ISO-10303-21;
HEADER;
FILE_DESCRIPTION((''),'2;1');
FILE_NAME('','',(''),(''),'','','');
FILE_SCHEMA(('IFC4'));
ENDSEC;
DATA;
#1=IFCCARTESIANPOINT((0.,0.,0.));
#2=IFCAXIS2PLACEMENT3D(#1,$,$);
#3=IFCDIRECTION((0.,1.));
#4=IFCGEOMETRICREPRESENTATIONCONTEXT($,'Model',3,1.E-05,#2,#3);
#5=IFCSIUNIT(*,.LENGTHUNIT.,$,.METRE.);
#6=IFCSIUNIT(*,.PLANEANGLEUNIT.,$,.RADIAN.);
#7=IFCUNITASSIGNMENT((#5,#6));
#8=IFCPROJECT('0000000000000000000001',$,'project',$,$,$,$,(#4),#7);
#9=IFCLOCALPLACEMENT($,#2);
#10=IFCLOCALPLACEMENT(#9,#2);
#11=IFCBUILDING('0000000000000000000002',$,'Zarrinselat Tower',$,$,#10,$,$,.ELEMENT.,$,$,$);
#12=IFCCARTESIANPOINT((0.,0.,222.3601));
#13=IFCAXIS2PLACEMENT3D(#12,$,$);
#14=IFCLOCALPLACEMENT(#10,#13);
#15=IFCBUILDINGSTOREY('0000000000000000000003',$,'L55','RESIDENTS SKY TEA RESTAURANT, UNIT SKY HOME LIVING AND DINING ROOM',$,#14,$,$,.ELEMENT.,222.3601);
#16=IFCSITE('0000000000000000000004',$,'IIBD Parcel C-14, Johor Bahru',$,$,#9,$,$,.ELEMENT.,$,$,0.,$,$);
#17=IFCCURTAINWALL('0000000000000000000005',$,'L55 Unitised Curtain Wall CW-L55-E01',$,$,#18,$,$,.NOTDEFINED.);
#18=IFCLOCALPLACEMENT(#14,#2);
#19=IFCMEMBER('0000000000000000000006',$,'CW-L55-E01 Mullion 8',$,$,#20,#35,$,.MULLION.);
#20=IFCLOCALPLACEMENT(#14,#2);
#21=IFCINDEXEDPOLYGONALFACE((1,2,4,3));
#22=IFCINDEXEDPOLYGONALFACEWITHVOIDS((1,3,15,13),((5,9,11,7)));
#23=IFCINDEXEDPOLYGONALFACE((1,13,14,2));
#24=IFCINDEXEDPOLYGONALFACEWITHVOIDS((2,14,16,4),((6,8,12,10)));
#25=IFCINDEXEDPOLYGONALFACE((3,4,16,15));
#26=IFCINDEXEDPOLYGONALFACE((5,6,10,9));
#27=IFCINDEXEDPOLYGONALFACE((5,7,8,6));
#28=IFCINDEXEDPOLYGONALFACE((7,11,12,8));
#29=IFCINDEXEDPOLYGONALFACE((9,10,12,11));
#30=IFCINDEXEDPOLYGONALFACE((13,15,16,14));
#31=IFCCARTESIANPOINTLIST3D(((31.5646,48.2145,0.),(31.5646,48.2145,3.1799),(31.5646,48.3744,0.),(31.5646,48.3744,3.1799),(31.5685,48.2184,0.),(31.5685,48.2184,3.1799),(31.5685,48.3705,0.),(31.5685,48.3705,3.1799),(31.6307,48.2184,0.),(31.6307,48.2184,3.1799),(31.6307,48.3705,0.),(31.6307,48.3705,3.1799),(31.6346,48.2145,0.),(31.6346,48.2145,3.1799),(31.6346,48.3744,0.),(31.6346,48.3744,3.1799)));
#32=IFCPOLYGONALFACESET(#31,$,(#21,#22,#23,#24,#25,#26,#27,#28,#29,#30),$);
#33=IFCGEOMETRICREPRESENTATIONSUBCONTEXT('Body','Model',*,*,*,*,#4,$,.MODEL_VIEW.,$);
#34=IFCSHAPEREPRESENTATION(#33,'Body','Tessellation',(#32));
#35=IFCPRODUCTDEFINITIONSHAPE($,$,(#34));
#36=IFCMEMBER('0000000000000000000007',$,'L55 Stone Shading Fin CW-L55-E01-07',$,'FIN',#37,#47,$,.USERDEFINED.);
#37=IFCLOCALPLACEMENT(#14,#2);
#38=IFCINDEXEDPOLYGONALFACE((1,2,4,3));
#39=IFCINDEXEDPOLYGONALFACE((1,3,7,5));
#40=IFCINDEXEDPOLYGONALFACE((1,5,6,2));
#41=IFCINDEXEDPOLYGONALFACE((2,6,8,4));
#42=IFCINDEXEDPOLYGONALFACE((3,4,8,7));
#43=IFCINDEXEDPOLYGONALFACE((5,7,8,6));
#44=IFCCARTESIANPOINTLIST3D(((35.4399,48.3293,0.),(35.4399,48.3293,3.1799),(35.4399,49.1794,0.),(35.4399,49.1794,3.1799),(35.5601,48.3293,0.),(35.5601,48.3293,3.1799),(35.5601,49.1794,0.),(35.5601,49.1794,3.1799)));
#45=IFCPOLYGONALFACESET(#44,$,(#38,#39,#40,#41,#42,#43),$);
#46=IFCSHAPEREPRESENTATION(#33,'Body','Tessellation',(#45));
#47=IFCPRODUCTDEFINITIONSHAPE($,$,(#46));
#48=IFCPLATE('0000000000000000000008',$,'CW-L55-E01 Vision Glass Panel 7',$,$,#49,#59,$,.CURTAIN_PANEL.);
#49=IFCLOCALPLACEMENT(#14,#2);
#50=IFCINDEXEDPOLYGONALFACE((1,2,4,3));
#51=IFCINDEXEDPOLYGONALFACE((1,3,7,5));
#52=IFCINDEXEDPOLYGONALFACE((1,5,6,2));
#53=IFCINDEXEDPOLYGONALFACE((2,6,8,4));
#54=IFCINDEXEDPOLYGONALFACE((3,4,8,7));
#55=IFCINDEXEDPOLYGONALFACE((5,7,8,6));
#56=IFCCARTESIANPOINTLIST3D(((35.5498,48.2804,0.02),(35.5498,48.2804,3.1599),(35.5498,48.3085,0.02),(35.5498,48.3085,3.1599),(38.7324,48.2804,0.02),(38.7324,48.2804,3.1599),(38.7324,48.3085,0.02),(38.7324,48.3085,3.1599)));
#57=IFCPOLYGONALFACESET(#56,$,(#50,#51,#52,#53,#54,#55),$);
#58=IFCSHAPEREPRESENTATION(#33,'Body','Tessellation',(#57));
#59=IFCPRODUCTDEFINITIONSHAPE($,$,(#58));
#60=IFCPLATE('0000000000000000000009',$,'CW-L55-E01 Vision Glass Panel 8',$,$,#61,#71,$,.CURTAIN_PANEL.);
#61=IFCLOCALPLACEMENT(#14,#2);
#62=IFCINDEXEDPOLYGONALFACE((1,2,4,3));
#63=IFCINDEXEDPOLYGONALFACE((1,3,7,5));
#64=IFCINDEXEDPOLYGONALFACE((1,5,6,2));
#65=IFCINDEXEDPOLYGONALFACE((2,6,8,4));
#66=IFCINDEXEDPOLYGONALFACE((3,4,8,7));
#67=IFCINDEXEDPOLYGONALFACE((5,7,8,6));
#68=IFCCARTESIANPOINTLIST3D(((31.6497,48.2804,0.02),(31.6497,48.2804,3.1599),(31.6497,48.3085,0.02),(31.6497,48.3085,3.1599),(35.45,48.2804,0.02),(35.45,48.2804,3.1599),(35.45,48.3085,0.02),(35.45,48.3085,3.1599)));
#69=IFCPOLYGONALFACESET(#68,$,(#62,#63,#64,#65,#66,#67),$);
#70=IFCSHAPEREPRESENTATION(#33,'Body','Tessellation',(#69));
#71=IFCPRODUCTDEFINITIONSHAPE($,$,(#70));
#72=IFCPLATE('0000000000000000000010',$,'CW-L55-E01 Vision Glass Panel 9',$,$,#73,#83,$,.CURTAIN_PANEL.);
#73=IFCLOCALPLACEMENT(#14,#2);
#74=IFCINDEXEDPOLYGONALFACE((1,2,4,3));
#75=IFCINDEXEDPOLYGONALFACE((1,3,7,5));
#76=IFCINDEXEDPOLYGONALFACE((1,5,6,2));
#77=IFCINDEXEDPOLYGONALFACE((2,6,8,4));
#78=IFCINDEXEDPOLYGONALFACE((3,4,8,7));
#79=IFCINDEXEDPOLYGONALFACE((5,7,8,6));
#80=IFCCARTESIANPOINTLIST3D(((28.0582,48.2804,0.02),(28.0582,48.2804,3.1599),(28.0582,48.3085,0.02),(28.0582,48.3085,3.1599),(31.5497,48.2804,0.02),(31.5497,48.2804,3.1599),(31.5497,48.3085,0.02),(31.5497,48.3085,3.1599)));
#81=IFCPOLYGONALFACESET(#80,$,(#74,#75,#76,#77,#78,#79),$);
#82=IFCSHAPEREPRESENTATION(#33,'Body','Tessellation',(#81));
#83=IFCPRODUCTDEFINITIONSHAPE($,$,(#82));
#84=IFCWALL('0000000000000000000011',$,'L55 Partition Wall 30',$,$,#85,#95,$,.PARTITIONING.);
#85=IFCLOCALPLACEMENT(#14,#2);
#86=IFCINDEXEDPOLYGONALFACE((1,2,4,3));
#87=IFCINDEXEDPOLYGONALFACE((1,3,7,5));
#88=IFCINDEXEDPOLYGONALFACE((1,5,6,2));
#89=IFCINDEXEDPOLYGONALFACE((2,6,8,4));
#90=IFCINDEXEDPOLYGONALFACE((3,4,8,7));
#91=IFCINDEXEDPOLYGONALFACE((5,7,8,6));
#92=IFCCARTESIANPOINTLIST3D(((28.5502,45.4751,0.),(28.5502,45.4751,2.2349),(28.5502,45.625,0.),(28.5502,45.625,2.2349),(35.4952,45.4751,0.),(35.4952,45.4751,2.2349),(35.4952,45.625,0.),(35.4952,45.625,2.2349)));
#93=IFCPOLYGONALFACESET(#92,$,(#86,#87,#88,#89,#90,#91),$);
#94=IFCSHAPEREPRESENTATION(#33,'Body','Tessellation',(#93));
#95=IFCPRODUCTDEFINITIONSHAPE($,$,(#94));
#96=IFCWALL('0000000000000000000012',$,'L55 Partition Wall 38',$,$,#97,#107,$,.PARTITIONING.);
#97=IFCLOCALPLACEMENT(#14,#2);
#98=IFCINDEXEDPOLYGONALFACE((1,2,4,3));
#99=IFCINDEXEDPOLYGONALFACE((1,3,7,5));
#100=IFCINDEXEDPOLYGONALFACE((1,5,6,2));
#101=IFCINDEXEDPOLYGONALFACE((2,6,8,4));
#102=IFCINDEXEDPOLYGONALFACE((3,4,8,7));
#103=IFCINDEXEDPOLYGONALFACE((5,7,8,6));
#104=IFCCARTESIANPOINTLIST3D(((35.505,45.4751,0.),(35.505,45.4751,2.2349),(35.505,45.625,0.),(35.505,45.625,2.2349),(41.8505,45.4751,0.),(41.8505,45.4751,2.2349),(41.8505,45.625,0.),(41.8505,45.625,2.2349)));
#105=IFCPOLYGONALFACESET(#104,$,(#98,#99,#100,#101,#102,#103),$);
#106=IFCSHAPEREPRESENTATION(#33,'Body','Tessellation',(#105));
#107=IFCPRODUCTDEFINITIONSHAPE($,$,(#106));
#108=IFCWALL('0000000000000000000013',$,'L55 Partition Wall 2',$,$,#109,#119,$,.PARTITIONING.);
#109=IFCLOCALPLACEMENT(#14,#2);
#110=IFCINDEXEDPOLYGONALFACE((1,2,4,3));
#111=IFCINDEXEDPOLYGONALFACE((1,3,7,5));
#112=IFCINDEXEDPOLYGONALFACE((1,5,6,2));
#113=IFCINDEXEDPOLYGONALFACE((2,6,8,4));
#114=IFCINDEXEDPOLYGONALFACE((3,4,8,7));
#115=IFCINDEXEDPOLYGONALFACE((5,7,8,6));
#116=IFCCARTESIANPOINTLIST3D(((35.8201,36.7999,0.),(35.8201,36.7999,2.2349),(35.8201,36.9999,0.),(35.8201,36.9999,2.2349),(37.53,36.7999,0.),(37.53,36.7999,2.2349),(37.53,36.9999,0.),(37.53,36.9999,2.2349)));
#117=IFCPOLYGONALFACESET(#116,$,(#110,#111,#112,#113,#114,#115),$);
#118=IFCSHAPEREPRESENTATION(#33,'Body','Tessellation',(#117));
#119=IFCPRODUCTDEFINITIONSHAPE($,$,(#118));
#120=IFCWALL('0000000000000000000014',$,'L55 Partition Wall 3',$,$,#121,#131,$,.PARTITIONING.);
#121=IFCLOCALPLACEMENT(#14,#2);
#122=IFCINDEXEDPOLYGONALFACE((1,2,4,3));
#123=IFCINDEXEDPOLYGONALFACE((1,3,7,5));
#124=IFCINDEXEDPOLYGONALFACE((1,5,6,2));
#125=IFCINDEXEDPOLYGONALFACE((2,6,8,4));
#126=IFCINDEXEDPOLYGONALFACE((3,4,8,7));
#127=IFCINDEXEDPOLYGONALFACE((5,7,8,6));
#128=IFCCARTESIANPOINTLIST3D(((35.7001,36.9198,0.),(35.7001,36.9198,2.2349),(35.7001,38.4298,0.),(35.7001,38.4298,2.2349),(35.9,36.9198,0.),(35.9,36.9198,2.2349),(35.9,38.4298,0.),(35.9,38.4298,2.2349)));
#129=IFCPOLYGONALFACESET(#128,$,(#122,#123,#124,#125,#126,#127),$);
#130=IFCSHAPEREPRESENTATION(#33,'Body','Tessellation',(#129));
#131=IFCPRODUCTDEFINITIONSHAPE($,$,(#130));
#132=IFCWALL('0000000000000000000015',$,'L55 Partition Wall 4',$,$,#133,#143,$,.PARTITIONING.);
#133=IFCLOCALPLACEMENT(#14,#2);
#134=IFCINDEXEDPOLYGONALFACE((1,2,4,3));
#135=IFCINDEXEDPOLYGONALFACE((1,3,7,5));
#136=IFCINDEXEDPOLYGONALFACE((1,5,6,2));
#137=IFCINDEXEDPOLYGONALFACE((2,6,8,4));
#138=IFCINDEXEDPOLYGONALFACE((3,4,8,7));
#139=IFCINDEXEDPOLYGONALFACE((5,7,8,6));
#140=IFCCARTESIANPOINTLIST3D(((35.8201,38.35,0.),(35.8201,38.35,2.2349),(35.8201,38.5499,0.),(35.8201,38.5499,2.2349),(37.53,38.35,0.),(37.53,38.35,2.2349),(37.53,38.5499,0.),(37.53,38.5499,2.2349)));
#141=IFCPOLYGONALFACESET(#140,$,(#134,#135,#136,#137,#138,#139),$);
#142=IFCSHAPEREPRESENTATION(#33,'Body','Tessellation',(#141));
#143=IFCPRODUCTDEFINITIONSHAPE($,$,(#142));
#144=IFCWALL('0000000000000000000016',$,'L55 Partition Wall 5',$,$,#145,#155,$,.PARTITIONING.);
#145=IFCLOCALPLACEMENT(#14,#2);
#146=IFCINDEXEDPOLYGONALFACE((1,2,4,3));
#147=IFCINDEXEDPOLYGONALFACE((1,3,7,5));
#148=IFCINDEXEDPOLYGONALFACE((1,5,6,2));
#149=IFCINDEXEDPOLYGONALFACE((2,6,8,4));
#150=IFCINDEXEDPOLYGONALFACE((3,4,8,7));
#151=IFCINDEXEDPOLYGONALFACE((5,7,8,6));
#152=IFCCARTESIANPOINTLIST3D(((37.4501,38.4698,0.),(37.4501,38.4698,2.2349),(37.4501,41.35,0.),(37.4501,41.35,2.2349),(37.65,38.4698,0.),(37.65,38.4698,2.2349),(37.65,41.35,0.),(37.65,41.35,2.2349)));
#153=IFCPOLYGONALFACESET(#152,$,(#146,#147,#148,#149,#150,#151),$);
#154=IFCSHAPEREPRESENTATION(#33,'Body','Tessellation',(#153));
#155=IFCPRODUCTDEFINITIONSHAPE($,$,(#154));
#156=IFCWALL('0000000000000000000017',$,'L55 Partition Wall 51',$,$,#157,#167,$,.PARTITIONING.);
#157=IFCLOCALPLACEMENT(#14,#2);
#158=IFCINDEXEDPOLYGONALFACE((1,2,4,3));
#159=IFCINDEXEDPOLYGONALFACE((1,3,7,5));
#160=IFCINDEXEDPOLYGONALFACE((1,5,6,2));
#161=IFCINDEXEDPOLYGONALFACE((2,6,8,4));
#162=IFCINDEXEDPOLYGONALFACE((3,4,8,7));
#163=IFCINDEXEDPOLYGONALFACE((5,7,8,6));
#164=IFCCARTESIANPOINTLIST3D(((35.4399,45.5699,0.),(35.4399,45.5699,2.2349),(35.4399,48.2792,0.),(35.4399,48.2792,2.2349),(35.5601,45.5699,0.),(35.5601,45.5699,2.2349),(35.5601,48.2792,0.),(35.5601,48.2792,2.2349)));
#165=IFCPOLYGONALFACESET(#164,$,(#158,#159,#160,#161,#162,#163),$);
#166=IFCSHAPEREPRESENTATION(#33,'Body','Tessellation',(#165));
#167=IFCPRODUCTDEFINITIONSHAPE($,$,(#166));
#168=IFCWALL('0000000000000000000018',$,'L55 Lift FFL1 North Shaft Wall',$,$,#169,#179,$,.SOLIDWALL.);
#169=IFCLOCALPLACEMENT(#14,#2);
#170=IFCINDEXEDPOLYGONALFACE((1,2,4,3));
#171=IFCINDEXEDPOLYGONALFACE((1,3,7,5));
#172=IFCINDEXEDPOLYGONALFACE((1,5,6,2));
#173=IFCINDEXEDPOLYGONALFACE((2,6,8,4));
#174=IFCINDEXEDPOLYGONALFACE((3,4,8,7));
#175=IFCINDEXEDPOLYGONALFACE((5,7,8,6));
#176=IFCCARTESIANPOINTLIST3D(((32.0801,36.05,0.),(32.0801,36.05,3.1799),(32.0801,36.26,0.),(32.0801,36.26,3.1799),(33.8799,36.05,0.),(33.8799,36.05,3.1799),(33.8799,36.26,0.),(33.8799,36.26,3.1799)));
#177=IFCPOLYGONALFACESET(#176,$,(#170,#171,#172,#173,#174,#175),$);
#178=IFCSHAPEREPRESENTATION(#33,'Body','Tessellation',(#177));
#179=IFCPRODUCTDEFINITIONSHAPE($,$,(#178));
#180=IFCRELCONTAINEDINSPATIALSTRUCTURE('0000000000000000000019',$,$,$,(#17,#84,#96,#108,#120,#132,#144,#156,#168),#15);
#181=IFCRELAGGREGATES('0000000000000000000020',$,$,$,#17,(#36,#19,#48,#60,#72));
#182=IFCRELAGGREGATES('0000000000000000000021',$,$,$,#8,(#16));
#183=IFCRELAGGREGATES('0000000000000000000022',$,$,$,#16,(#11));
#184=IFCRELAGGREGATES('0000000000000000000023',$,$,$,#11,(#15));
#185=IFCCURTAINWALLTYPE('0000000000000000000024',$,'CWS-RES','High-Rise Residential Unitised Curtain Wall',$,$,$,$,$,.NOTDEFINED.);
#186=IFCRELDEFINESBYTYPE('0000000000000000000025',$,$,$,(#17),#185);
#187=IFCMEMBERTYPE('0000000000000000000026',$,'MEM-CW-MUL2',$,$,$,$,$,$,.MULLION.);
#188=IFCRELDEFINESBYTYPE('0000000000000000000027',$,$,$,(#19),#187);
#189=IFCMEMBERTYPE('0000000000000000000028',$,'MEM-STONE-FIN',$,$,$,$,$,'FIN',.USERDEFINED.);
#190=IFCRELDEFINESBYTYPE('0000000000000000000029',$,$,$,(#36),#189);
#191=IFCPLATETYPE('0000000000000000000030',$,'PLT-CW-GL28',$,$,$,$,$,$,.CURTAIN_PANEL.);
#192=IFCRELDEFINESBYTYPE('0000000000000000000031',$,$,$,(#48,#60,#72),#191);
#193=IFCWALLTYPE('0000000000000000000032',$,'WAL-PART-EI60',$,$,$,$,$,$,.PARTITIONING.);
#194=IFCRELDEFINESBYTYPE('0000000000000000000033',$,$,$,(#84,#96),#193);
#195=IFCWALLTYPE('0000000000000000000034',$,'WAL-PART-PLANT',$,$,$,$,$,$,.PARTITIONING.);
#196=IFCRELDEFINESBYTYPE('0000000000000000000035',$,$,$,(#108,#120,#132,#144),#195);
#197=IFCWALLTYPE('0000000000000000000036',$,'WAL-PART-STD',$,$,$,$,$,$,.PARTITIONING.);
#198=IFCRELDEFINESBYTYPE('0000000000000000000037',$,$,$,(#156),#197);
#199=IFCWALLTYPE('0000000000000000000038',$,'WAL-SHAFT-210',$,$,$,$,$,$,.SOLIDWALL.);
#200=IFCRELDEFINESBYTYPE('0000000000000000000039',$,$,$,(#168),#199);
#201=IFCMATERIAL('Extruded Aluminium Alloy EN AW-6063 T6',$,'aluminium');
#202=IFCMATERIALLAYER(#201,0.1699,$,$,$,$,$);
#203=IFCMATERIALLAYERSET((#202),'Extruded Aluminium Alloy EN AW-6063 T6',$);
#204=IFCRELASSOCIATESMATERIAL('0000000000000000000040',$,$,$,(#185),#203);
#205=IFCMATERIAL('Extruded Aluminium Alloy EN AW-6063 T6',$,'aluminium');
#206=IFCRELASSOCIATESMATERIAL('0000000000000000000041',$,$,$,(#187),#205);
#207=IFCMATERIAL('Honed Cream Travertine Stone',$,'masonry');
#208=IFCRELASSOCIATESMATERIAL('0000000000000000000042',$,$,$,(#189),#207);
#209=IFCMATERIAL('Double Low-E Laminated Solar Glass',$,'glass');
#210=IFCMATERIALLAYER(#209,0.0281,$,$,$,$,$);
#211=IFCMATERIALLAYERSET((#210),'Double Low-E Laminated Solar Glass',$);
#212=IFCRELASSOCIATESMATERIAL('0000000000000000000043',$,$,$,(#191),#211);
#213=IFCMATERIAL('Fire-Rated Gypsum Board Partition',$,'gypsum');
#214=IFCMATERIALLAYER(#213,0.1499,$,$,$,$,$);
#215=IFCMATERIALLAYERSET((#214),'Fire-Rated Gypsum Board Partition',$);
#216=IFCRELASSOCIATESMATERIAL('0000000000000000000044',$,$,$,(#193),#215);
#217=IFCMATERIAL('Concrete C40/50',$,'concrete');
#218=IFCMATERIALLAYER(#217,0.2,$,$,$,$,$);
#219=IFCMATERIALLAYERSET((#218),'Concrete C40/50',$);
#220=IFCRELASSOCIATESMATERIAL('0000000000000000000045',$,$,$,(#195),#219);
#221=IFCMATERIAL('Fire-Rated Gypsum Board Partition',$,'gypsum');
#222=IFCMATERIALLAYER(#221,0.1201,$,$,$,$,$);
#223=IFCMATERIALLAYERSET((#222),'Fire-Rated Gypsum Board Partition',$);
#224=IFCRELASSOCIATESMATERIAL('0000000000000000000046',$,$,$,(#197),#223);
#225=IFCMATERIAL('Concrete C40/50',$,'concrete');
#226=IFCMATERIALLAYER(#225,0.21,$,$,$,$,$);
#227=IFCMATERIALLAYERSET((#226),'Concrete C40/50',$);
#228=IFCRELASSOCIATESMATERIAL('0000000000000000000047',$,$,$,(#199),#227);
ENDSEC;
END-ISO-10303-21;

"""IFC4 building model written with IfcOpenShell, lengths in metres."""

from ifc_helpers import new_model, si_unit, direction, frame, frame_2d, origin, origin_2d, place, context, subcontext, project, spatial, rectangle, hollow_rectangle, extrude, material, layer, layer_set, material_profile, profile_set, type_object, element, aggregate, save


model = new_model("IFC4")

# Units and contexts
model_context = context("Model", 3, precision=1e-05, world=origin(), true_north=direction((0.0, 1.0)))
body_context = subcontext(model_context, "Body", "Model", "MODEL_VIEW")
ifc_project = project(units=[si_unit("LENGTHUNIT", "METRE"), si_unit("PLANEANGLEUNIT", "RADIAN")], contexts=[model_context])

# Site, building, storey
site_placement = place(None, origin())
site = spatial("IfcSite", under=ifc_project, at=site_placement, Name="IIBD Parcel C-14, Johor Bahru", CompositionType="ELEMENT", RefElevation=0.0)
building_placement = place(site_placement, origin())
building = spatial("IfcBuilding", under=site, at=building_placement, Name="Zarrinselat Tower", CompositionType="ELEMENT")
storey_placement = place(building_placement, frame((0.0, 0.0, 222.3601)))
storey = spatial("IfcBuildingStorey", under=building, at=storey_placement, Name="L55", Description="RESIDENTS SKY TEA RESTAURANT, UNIT SKY HOME LIVING AND DINING ROOM", CompositionType="ELEMENT", Elevation=222.3601)

# Curtain wall, members, plates
ifc_material_1 = material(Name="Extruded Aluminium Alloy EN AW-6063 T6", Category="aluminium")
ifc_layer_1 = layer(ifc_material_1, 0.1699)
ifc_layer_set_1 = layer_set([ifc_layer_1], Name="Extruded Aluminium Alloy EN AW-6063 T6")
curtain_wall_type = type_object("IfcCurtainWallType", Name="CWS-RES", Description="High-Rise Residential Unitised Curtain Wall", PredefinedType="NOTDEFINED", material=ifc_layer_set_1)
curtain_wall_placement = place(storey_placement, origin())
curtain_wall = element("IfcCurtainWall", 1, at=curtain_wall_placement, inside=storey, type_object=curtain_wall_type, Name="L55 Unitised Curtain Wall CW-L55-E01", PredefinedType="NOTDEFINED")
ifc_material_2 = material(Name="Extruded Aluminium Alloy EN AW-6063 T6", Category="aluminium")
ifc_material_profile_1 = material_profile(ifc_material_2, hollow_rectangle(XDim=0.0701, YDim=0.1599, WallThickness=0.0039, at=origin_2d()), Name="RHS 160x70x4")
ifc_profile_set_1 = profile_set([ifc_material_profile_1], Name="Extruded Aluminium Alloy EN AW-6063 T6")
member_type_1 = type_object("IfcMemberType", Name="MEM-CW-MUL2", PredefinedType="MULLION", material=ifc_profile_set_1)
member_1_placement = place(storey_placement, frame((31.5996, 48.2944, 0.0), z_axis=(0.0, 0.0, 1.0), x_axis=(-1.0, 0.0, 0.0)))
member_1 = element("IfcMember", 2, at=member_1_placement, type_object=member_type_1, Name="CW-L55-E01 Mullion 8", PredefinedType="MULLION", context=body_context, shape_type="SweptSolid", body=[
    extrude(hollow_rectangle(XDim=0.0701, YDim=0.1599, WallThickness=0.0039, at=origin_2d()), origin(), (0.0, 0.0, 1.0), 3.1799),
])
ifc_material_3 = material(Name="Honed Cream Travertine Stone", Category="masonry")
ifc_material_profile_2 = material_profile(ifc_material_3, rectangle(XDim=0.1201, YDim=0.8501, at=origin_2d()), Name="FIN 850x120")
ifc_profile_set_2 = profile_set([ifc_material_profile_2], Name="Honed Cream Travertine Stone")
member_type_2 = type_object("IfcMemberType", Name="MEM-STONE-FIN", ElementType="FIN", PredefinedType="USERDEFINED", material=ifc_profile_set_2)
member_2_placement = place(storey_placement, frame((35.5, 48.7544, 0.0), z_axis=(0.0, 0.0, 1.0), x_axis=(1.0, 0.0, 0.0)))
member_2 = element("IfcMember", 3, at=member_2_placement, type_object=member_type_2, Name="L55 Stone Shading Fin CW-L55-E01-07", ObjectType="FIN", PredefinedType="USERDEFINED", context=body_context, shape_type="SweptSolid", body=[
    extrude(rectangle(XDim=0.1201, YDim=0.8501, at=origin_2d()), origin(), (0.0, 0.0, 1.0), 3.1799),
])
ifc_material_4 = material(Name="Double Low-E Laminated Solar Glass", Category="glass")
ifc_layer_2 = layer(ifc_material_4, 0.0281)
ifc_layer_set_2 = layer_set([ifc_layer_2], Name="Double Low-E Laminated Solar Glass")
plate_type = type_object("IfcPlateType", Name="PLT-CW-GL28", PredefinedType="CURTAIN_PANEL", material=ifc_layer_set_2)
plate_1_placement = place(storey_placement, frame((37.1411, 48.2944, 0.02), z_axis=(0.0, 0.0, 1.0), x_axis=(-1.0, 0.0, 0.0)))
plate_1 = element("IfcPlate", 4, at=plate_1_placement, type_object=plate_type, Name="CW-L55-E01 Vision Glass Panel 7", PredefinedType="CURTAIN_PANEL", context=body_context, shape_type="SweptSolid", body=[
    extrude(rectangle(XDim=3.1826, YDim=0.0281, at=origin_2d()), origin(), (0.0, 0.0, 1.0), 3.1399),
])
plate_2_placement = place(storey_placement, frame((33.5498, 48.2944, 0.02), z_axis=(0.0, 0.0, 1.0), x_axis=(-1.0, 0.0, 0.0)))
plate_2 = element("IfcPlate", 5, at=plate_2_placement, type_object=plate_type, Name="CW-L55-E01 Vision Glass Panel 8", PredefinedType="CURTAIN_PANEL", context=body_context, shape_type="SweptSolid", body=[
    extrude(rectangle(XDim=3.8003, YDim=0.0281, at=origin_2d()), origin(), (0.0, 0.0, 1.0), 3.1399),
])
plate_3_placement = place(storey_placement, frame((29.804, 48.2944, 0.02), z_axis=(0.0, 0.0, 1.0), x_axis=(-1.0, 0.0, 0.0)))
plate_3 = element("IfcPlate", 6, at=plate_3_placement, type_object=plate_type, Name="CW-L55-E01 Vision Glass Panel 9", PredefinedType="CURTAIN_PANEL", context=body_context, shape_type="SweptSolid", body=[
    extrude(rectangle(XDim=3.4915, YDim=0.0281, at=origin_2d()), origin(), (0.0, 0.0, 1.0), 3.1399),
])
aggregate(curtain_wall, [member_2, member_1, plate_1, plate_2, plate_3])

# Walls
ifc_material_5 = material(Name="Fire-Rated Gypsum Board Partition", Category="gypsum")
ifc_layer_3 = layer(ifc_material_5, 0.1499)
ifc_layer_set_3 = layer_set([ifc_layer_3], Name="Fire-Rated Gypsum Board Partition")
wall_type_1 = type_object("IfcWallType", Name="WAL-PART-EI60", PredefinedType="PARTITIONING", material=ifc_layer_set_3)
wall_1_placement = place(storey_placement, frame((28.55, 45.55, 0.0), z_axis=(0.0, 0.0, 1.0), x_axis=(1.0, 0.0, 0.0)))
element("IfcWall", 7, at=wall_1_placement, inside=storey, type_object=wall_type_1, Name="L55 Partition Wall 30", PredefinedType="PARTITIONING", context=body_context, shape_type="SweptSolid", body=[
    extrude(rectangle(XDim=6.9451, YDim=0.1499, at=frame_2d((3.4727, 0.0))), origin(), (0.0, 0.0, 1.0), 2.2349),
])
wall_2_placement = place(storey_placement, frame((35.5049, 45.55, 0.0), z_axis=(0.0, 0.0, 1.0), x_axis=(1.0, 0.0, 0.0)))
element("IfcWall", 8, at=wall_2_placement, inside=storey, type_object=wall_type_1, Name="L55 Partition Wall 38", PredefinedType="PARTITIONING", context=body_context, shape_type="SweptSolid", body=[
    extrude(rectangle(XDim=6.3455, YDim=0.1499, at=frame_2d((3.1729, 0.0))), origin(), (0.0, 0.0, 1.0), 2.2349),
])
ifc_material_6 = material(Name="Concrete C40/50", Category="concrete")
ifc_layer_4 = layer(ifc_material_6, 0.2)
ifc_layer_set_4 = layer_set([ifc_layer_4], Name="Concrete C40/50")
wall_type_2 = type_object("IfcWallType", Name="WAL-PART-PLANT", PredefinedType="PARTITIONING", material=ifc_layer_set_4)
wall_3_placement = place(storey_placement, frame((35.8201, 36.8999, 0.0), z_axis=(0.0, 0.0, 1.0), x_axis=(1.0, 0.0, 0.0)))
element("IfcWall", 9, at=wall_3_placement, inside=storey, type_object=wall_type_2, Name="L55 Partition Wall 2", PredefinedType="PARTITIONING", context=body_context, shape_type="SweptSolid", body=[
    extrude(rectangle(XDim=1.71, YDim=0.2, at=frame_2d((0.855, 0.0))), origin(), (0.0, 0.0, 1.0), 2.2349),
])
wall_4_placement = place(storey_placement, frame((35.8, 36.9199, 0.0), z_axis=(0.0, 0.0, 1.0), x_axis=(0.0, 1.0, 0.0)))
element("IfcWall", 10, at=wall_4_placement, inside=storey, type_object=wall_type_2, Name="L55 Partition Wall 3", PredefinedType="PARTITIONING", context=body_context, shape_type="SweptSolid", body=[
    extrude(rectangle(XDim=1.51, YDim=0.2, at=frame_2d((0.7549, 0.0))), origin(), (0.0, 0.0, 1.0), 2.2349),
])
wall_5_placement = place(storey_placement, frame((35.8201, 38.45, 0.0), z_axis=(0.0, 0.0, 1.0), x_axis=(1.0, 0.0, 0.0)))
element("IfcWall", 11, at=wall_5_placement, inside=storey, type_object=wall_type_2, Name="L55 Partition Wall 4", PredefinedType="PARTITIONING", context=body_context, shape_type="SweptSolid", body=[
    extrude(rectangle(XDim=1.71, YDim=0.2, at=frame_2d((0.855, 0.0))), origin(), (0.0, 0.0, 1.0), 2.2349),
])
wall_6_placement = place(storey_placement, frame((37.55, 38.47, 0.0), z_axis=(0.0, 0.0, 1.0), x_axis=(0.0, 1.0, 0.0)))
element("IfcWall", 12, at=wall_6_placement, inside=storey, type_object=wall_type_2, Name="L55 Partition Wall 5", PredefinedType="PARTITIONING", context=body_context, shape_type="SweptSolid", body=[
    extrude(rectangle(XDim=2.8801, YDim=0.2, at=frame_2d((1.4399, 0.0))), origin(), (0.0, 0.0, 1.0), 2.2349),
])
ifc_material_7 = material(Name="Fire-Rated Gypsum Board Partition", Category="gypsum")
ifc_layer_5 = layer(ifc_material_7, 0.1201)
ifc_layer_set_5 = layer_set([ifc_layer_5], Name="Fire-Rated Gypsum Board Partition")
wall_type_3 = type_object("IfcWallType", Name="WAL-PART-STD", PredefinedType="PARTITIONING", material=ifc_layer_set_5)
wall_7_placement = place(storey_placement, frame((35.5, 45.5701, 0.0), z_axis=(0.0, 0.0, 1.0), x_axis=(0.0, 1.0, 0.0)))
element("IfcWall", 13, at=wall_7_placement, inside=storey, type_object=wall_type_3, Name="L55 Partition Wall 51", PredefinedType="PARTITIONING", context=body_context, shape_type="SweptSolid", body=[
    extrude(rectangle(XDim=2.7092, YDim=0.1201, at=frame_2d((1.3545, 0.0))), origin(), (0.0, 0.0, 1.0), 2.2349),
])
ifc_material_8 = material(Name="Concrete C40/50", Category="concrete")
ifc_layer_6 = layer(ifc_material_8, 0.21)
ifc_layer_set_6 = layer_set([ifc_layer_6], Name="Concrete C40/50")
wall_type_4 = type_object("IfcWallType", Name="WAL-SHAFT-210", PredefinedType="SOLIDWALL", material=ifc_layer_set_6)
wall_8_placement = place(storey_placement, frame((32.0801, 36.155, 0.0), z_axis=(0.0, 0.0, 1.0), x_axis=(1.0, 0.0, 0.0)))
element("IfcWall", 14, at=wall_8_placement, inside=storey, type_object=wall_type_4, Name="L55 Lift FFL1 North Shaft Wall", PredefinedType="SOLIDWALL", context=body_context, shape_type="SweptSolid", body=[
    extrude(rectangle(XDim=1.7998, YDim=0.21, at=frame_2d((0.8999, 0.0))), origin(), (0.0, 0.0, 1.0), 3.1799),
])

save(model, "model.ifc")
